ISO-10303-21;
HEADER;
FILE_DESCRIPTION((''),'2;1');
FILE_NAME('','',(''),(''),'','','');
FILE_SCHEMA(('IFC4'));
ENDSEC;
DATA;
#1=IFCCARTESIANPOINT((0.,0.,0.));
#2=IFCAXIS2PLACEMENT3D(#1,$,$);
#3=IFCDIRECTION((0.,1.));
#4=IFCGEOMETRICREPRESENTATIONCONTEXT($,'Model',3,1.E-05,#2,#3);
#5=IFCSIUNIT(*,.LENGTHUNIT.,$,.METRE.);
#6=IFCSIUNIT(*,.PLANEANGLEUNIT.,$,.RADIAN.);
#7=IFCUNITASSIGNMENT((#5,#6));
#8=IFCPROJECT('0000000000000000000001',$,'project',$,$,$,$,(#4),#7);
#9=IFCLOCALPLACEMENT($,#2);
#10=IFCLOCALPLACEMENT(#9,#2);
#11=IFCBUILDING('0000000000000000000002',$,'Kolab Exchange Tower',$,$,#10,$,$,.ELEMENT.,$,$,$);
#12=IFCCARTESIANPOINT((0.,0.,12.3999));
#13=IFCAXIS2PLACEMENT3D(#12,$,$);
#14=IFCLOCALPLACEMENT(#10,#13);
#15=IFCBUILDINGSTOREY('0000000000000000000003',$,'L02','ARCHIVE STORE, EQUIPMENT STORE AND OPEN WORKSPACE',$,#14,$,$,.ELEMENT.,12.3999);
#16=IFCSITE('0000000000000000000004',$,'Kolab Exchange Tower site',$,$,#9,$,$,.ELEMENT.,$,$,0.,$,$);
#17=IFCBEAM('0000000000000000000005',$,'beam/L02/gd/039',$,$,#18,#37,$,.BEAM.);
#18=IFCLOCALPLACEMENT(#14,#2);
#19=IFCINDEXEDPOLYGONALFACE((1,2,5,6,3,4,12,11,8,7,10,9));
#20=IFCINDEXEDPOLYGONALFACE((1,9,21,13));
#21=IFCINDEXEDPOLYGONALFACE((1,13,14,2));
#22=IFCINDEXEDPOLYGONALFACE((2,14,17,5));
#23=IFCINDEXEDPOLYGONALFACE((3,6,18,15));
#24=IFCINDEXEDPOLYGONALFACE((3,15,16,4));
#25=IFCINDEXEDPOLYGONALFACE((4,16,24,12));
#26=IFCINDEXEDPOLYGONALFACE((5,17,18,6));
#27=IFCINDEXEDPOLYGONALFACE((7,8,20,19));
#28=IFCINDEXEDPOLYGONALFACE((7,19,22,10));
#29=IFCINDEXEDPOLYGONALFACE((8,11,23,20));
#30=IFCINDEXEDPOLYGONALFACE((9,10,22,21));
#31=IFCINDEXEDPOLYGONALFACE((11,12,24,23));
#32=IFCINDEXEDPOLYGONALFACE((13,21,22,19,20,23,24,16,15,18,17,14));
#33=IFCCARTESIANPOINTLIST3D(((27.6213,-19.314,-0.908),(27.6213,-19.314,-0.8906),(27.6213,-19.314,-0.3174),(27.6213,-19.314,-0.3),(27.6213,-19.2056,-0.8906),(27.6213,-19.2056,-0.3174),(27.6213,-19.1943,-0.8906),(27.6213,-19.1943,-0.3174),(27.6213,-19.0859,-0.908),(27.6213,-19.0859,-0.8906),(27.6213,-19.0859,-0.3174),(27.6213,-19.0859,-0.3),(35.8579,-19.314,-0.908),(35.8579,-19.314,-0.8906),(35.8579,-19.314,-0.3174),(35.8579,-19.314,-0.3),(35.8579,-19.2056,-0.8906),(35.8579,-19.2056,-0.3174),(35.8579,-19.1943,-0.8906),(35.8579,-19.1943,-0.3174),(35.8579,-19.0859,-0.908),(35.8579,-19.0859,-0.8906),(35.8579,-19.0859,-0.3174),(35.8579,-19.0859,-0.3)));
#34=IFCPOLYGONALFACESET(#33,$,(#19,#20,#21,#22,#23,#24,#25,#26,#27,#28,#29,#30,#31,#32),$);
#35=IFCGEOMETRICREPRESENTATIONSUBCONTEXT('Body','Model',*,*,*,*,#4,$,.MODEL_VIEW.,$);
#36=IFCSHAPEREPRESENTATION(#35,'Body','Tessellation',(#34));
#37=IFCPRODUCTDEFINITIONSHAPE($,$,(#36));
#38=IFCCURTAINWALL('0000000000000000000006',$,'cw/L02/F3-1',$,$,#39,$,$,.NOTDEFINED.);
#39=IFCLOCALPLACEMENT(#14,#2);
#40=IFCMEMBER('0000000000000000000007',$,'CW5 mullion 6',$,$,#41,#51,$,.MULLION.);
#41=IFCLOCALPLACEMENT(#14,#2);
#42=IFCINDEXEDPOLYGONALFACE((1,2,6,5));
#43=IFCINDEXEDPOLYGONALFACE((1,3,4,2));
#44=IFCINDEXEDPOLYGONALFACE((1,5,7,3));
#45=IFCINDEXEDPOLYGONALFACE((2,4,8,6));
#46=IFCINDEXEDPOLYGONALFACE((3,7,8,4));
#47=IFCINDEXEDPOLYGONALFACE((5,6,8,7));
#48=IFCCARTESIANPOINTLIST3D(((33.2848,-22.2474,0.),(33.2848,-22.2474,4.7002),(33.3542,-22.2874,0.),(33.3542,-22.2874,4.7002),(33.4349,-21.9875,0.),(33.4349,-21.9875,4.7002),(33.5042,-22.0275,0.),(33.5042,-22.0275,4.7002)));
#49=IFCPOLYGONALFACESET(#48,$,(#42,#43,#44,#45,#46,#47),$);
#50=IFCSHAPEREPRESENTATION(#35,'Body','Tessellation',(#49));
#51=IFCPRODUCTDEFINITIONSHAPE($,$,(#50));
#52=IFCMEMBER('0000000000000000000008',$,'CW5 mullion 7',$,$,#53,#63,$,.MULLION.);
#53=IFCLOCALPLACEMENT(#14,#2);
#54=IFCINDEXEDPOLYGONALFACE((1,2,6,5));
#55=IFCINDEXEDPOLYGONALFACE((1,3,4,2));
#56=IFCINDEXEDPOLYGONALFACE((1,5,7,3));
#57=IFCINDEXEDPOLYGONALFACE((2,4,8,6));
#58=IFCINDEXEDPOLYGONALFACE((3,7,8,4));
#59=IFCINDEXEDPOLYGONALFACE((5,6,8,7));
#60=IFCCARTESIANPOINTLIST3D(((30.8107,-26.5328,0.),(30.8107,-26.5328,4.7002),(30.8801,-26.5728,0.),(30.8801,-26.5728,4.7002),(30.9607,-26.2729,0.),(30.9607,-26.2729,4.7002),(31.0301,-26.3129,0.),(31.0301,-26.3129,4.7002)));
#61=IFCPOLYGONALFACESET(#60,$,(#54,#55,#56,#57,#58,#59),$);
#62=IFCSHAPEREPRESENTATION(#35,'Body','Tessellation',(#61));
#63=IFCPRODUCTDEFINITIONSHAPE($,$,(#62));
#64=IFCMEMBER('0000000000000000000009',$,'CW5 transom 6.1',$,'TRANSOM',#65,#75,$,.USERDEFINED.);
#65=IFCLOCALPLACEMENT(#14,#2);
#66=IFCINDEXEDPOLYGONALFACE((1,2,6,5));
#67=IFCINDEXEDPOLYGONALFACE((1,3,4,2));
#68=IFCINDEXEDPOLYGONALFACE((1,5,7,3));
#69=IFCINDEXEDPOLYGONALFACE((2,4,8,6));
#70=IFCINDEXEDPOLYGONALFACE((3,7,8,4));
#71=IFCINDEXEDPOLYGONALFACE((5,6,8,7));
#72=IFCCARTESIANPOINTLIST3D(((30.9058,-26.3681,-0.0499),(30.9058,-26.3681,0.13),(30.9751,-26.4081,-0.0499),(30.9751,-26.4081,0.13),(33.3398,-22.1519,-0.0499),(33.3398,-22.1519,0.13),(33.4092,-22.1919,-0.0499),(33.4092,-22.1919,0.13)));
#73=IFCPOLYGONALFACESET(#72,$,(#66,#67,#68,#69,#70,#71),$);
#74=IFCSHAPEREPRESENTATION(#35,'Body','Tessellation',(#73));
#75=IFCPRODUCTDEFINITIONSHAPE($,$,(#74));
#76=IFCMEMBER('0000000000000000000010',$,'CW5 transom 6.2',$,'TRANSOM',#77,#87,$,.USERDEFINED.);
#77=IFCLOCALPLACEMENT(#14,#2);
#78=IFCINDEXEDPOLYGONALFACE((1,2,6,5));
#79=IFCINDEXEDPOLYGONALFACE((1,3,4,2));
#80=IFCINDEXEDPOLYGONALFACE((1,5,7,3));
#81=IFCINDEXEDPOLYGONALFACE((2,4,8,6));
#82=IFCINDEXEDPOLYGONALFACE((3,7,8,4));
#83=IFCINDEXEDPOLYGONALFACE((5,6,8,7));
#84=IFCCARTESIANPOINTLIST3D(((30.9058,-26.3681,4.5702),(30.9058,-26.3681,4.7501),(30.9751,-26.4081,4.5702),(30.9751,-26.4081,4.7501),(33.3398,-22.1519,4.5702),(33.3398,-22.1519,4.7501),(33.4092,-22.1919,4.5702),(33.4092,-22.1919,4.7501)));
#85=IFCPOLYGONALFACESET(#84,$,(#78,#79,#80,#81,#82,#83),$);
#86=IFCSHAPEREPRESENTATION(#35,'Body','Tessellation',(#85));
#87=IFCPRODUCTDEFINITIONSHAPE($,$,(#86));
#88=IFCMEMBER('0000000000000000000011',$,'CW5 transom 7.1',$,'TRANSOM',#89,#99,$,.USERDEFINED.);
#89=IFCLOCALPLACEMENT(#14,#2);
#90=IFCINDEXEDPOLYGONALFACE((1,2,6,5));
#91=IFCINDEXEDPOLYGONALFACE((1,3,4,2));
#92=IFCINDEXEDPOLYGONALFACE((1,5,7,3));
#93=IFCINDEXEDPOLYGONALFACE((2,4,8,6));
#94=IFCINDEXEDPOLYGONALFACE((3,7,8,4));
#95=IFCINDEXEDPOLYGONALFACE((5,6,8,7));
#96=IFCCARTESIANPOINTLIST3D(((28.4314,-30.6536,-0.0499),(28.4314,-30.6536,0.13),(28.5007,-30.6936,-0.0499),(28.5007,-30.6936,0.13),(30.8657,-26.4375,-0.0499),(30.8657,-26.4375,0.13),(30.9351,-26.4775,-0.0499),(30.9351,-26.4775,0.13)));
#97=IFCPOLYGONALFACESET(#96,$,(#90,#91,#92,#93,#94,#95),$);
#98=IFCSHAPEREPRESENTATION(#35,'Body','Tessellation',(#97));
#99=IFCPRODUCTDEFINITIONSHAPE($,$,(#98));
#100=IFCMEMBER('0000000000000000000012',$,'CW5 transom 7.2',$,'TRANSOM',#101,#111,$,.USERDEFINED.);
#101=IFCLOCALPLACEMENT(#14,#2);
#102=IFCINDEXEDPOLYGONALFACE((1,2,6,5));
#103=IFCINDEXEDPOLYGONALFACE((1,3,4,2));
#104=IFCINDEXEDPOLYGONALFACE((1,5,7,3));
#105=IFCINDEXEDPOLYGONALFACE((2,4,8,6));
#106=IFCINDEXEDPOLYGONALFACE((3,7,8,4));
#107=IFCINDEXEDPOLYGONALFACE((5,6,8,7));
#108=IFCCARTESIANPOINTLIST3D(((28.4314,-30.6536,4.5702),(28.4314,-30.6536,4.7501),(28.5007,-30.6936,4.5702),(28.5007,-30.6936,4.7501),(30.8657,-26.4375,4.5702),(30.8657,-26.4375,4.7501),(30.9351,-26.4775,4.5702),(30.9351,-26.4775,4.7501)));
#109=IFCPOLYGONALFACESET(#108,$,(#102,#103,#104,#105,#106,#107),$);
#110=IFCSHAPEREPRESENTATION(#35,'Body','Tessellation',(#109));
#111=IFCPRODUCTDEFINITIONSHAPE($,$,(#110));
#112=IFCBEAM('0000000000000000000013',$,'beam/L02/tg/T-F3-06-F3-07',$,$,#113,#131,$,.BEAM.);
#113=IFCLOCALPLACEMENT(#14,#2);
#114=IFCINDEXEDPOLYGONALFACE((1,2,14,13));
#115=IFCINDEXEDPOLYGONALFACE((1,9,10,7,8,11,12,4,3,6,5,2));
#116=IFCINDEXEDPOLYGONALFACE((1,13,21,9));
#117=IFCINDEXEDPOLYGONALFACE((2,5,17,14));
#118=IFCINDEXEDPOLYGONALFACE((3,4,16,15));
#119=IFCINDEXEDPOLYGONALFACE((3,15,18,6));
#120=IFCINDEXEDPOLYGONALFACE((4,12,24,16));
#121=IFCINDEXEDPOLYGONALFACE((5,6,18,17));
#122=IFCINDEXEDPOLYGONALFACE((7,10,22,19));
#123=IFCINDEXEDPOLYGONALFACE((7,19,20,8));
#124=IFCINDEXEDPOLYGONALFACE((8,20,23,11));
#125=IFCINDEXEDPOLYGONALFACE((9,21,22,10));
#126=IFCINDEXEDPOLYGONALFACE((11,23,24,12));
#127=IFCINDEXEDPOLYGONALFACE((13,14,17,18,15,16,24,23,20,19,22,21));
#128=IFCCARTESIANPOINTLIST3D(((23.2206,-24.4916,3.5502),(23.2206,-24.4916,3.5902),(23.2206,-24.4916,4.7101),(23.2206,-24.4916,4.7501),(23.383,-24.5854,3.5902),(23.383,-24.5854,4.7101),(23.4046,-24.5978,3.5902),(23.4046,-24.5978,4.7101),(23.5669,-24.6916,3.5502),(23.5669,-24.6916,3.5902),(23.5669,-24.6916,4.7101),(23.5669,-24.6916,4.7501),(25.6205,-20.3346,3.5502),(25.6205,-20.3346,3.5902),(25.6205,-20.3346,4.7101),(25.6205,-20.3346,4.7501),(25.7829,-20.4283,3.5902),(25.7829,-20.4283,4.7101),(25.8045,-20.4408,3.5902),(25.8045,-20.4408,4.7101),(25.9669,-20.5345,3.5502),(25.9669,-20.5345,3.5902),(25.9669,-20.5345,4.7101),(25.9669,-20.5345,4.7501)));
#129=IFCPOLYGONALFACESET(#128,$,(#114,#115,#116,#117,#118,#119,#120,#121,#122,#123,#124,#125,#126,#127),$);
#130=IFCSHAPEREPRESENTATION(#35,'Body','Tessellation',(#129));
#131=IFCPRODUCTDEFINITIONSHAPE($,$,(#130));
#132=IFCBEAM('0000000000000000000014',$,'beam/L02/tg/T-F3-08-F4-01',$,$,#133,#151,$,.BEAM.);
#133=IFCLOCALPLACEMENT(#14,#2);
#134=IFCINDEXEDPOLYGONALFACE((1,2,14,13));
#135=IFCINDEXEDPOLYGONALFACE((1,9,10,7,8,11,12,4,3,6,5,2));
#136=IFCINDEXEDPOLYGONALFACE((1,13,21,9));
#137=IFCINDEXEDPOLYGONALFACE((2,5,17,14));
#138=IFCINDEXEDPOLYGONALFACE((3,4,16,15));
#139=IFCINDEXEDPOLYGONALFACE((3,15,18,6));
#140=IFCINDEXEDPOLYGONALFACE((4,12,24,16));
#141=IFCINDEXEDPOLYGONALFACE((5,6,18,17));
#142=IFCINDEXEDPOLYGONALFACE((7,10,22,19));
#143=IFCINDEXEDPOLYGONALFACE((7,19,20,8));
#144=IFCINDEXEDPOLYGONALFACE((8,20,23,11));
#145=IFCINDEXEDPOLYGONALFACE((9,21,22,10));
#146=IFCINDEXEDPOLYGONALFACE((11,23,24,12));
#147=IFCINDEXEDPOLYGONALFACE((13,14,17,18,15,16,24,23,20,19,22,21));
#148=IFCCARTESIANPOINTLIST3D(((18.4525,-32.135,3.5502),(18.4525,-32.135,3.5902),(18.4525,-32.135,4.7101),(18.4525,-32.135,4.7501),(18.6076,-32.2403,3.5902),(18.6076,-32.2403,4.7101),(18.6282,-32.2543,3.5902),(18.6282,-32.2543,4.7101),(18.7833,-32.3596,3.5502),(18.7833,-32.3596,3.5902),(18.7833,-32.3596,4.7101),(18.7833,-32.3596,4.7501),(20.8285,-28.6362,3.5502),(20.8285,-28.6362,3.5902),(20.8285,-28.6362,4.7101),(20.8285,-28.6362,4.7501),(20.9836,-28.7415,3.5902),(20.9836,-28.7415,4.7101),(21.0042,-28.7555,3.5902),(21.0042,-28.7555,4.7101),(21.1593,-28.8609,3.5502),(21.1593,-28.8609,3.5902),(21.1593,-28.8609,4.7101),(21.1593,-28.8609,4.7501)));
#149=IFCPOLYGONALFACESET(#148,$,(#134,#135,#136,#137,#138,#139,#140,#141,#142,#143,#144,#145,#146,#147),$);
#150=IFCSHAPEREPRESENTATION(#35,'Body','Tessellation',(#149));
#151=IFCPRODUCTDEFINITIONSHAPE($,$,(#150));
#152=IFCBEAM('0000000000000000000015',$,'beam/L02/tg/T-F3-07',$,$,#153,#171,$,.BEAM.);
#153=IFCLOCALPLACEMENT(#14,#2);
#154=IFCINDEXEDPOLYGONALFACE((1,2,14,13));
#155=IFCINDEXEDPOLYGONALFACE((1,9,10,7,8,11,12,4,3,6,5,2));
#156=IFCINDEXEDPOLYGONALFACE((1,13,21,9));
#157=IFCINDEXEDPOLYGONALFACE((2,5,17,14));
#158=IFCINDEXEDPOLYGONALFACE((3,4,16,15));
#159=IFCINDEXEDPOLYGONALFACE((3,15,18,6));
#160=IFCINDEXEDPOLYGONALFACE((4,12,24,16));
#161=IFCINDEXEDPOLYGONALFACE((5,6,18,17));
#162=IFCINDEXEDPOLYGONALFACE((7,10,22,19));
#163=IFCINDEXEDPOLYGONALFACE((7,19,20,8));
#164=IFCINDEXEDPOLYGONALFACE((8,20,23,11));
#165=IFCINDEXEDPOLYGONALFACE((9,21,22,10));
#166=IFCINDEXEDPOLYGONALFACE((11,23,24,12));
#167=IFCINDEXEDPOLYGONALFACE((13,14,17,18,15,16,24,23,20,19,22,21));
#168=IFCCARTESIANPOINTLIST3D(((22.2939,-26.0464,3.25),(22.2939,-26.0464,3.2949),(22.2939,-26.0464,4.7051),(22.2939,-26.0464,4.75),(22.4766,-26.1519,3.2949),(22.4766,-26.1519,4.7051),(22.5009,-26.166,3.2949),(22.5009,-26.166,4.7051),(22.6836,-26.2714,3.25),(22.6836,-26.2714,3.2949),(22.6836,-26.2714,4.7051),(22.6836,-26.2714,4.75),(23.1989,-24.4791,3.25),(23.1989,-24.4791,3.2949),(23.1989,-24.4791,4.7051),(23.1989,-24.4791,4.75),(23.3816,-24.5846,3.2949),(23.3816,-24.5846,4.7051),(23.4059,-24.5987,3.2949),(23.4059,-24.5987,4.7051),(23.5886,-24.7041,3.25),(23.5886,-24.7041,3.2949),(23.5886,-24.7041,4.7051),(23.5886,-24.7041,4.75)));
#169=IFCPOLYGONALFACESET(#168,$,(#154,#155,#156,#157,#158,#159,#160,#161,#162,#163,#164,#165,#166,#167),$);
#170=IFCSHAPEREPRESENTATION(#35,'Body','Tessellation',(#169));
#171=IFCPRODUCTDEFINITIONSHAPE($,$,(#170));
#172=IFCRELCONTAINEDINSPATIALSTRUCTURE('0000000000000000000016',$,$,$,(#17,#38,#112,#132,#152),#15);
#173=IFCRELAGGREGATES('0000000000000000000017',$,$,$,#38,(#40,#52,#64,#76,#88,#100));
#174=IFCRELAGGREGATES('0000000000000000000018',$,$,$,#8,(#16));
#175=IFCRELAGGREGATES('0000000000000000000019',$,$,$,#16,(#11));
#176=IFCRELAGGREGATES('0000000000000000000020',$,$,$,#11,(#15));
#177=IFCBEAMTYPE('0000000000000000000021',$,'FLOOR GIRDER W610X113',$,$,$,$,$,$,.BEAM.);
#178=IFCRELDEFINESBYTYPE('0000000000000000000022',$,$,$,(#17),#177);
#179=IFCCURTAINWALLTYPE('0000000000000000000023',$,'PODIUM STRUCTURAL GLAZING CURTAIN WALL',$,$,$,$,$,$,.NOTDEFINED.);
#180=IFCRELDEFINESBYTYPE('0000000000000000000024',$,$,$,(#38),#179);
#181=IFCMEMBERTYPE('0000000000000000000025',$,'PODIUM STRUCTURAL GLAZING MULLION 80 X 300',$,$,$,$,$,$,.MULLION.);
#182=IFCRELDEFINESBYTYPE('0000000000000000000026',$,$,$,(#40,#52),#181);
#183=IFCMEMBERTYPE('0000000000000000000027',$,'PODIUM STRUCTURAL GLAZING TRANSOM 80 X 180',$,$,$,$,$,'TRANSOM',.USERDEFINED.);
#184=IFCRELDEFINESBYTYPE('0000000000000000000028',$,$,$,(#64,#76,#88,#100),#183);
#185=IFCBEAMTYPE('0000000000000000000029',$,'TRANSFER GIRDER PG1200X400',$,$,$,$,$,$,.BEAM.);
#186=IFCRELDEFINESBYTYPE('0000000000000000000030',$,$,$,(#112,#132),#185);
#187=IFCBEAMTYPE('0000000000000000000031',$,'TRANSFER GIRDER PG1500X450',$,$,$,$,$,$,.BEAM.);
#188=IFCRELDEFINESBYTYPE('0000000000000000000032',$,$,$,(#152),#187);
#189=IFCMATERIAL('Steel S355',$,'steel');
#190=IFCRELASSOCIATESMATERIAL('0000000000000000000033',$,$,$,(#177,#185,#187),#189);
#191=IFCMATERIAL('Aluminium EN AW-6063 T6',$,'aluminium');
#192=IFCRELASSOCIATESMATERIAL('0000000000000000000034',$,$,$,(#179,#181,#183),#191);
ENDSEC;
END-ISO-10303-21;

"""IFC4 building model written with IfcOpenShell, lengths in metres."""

from ifc_helpers import new_model, si_unit, direction, frame, origin, origin_2d, place, context, subcontext, project, spatial, rectangle, i_section, extrude, material, material_profile, profile_set, type_object, element, aggregate, save


model = new_model("IFC4")

# Units and contexts
model_context = context("Model", 3, precision=1e-05, world=origin(), true_north=direction((0.0, 1.0)))
body_context = subcontext(model_context, "Body", "Model", "MODEL_VIEW")
ifc_project = project(units=[si_unit("LENGTHUNIT", "METRE"), si_unit("PLANEANGLEUNIT", "RADIAN")], contexts=[model_context])

# Site, building, storey
site_placement = place(None, origin())
site = spatial("IfcSite", under=ifc_project, at=site_placement, Name="Kolab Exchange Tower site", CompositionType="ELEMENT", RefElevation=0.0)
building_placement = place(site_placement, origin())
building = spatial("IfcBuilding", under=site, at=building_placement, Name="Kolab Exchange Tower", CompositionType="ELEMENT")
storey_placement = place(building_placement, frame((0.0, 0.0, 12.3999)))
storey = spatial("IfcBuildingStorey", under=building, at=storey_placement, Name="L02", Description="ARCHIVE STORE, EQUIPMENT STORE AND OPEN WORKSPACE", CompositionType="ELEMENT", Elevation=12.3999)

# Beam
ifc_material_1 = material(Name="Steel S355", Category="steel")
ifc_material_profile_1 = material_profile(ifc_material_1, i_section(OverallWidth=0.228, OverallDepth=0.6079, WebThickness=0.0112, FlangeThickness=0.0173, at=origin_2d()), Name="W610X113")
ifc_profile_set_1 = profile_set([ifc_material_profile_1], Name="Steel S355")
beam_type_1 = type_object("IfcBeamType", Name="FLOOR GIRDER W610X113", PredefinedType="BEAM", material=ifc_profile_set_1)
beam_1_placement = place(storey_placement, frame((27.6213, -19.2, -0.604), z_axis=(1.0, 0.0, 0.0), x_axis=(0.0, 1.0, 0.0)))
element("IfcBeam", 1, at=beam_1_placement, inside=storey, type_object=beam_type_1, Name="beam/L02/gd/039", PredefinedType="BEAM", context=body_context, shape_type="SweptSolid", body=[
    extrude(i_section(OverallWidth=0.228, OverallDepth=0.6079, WebThickness=0.0112, FlangeThickness=0.0173, at=origin_2d()), origin(), (0.0, 0.0, 1.0), 8.2366),
])

# Curtain wall, members
ifc_material_2 = material(Name="Aluminium EN AW-6063 T6", Category="aluminium")
curtain_wall_type = type_object("IfcCurtainWallType", Name="PODIUM STRUCTURAL GLAZING CURTAIN WALL", PredefinedType="NOTDEFINED", material=ifc_material_2)
curtain_wall_placement = place(storey_placement, origin())
curtain_wall = element("IfcCurtainWall", 2, at=curtain_wall_placement, inside=storey, type_object=curtain_wall_type, Name="cw/L02/F3-1", PredefinedType="NOTDEFINED")
ifc_material_profile_2 = material_profile(ifc_material_2, rectangle(XDim=0.0801, YDim=0.3, at=origin_2d()), Name="RECT 80X300")
ifc_profile_set_2 = profile_set([ifc_material_profile_2], Name="Aluminium EN AW-6063 T6")
member_type_1 = type_object("IfcMemberType", Name="PODIUM STRUCTURAL GLAZING MULLION 80 X 300", PredefinedType="MULLION", material=ifc_profile_set_2)
member_1_placement = place(storey_placement, frame((33.3945, -22.1375, 0.0), z_axis=(0.0, 0.0, 1.0), x_axis=(0.866025, -0.5, 0.0)))
member_1 = element("IfcMember", 3, at=member_1_placement, type_object=member_type_1, Name="CW5 mullion 6", PredefinedType="MULLION", context=body_context, shape_type="SweptSolid", body=[
    extrude(rectangle(XDim=0.0801, YDim=0.3, at=origin_2d()), origin(), (0.0, 0.0, 1.0), 4.7002),
])
member_2_placement = place(storey_placement, frame((30.9204, -26.4229, 0.0), z_axis=(0.0, 0.0, 1.0), x_axis=(0.866025, -0.5, 0.0)))
member_2 = element("IfcMember", 4, at=member_2_placement, type_object=member_type_1, Name="CW5 mullion 7", PredefinedType="MULLION", context=body_context, shape_type="SweptSolid", body=[
    extrude(rectangle(XDim=0.0801, YDim=0.3, at=origin_2d()), origin(), (0.0, 0.0, 1.0), 4.7002),
])
ifc_material_profile_3 = material_profile(ifc_material_2, rectangle(XDim=0.0801, YDim=0.1799, at=origin_2d()), Name="RECT 80X180")
ifc_profile_set_3 = profile_set([ifc_material_profile_3], Name="Aluminium EN AW-6063 T6")
member_type_2 = type_object("IfcMemberType", Name="PODIUM STRUCTURAL GLAZING TRANSOM 80 X 180", ElementType="TRANSOM", PredefinedType="USERDEFINED", material=ifc_profile_set_3)
member_3_placement = place(storey_placement, frame((33.3745, -22.1719, 0.04), z_axis=(-0.499968, -0.866044, 0.0), x_axis=(0.866044, -0.499968, 0.0)))
member_3 = element("IfcMember", 5, at=member_3_placement, type_object=member_type_2, Name="CW5 transom 6.1", ObjectType="TRANSOM", PredefinedType="USERDEFINED", context=body_context, shape_type="SweptSolid", body=[
    extrude(rectangle(XDim=0.0801, YDim=0.1799, at=origin_2d()), origin(), (0.0, 0.0, 1.0), 4.8684),
])
member_4_placement = place(storey_placement, frame((33.3745, -22.1719, 4.6602), z_axis=(-0.499968, -0.866044, 0.0), x_axis=(0.866044, -0.499968, 0.0)))
member_4 = element("IfcMember", 6, at=member_4_placement, type_object=member_type_2, Name="CW5 transom 6.2", ObjectType="TRANSOM", PredefinedType="USERDEFINED", context=body_context, shape_type="SweptSolid", body=[
    extrude(rectangle(XDim=0.0801, YDim=0.1799, at=origin_2d()), origin(), (0.0, 0.0, 1.0), 4.8684),
])
member_5_placement = place(storey_placement, frame((30.9004, -26.4575, 0.04), z_axis=(-0.500028, -0.866009, 0.0), x_axis=(0.866009, -0.500028, 0.0)))
member_5 = element("IfcMember", 7, at=member_5_placement, type_object=member_type_2, Name="CW5 transom 7.1", ObjectType="TRANSOM", PredefinedType="USERDEFINED", context=body_context, shape_type="SweptSolid", body=[
    extrude(rectangle(XDim=0.0801, YDim=0.1799, at=origin_2d()), origin(), (0.0, 0.0, 1.0), 4.8684),
])
member_6_placement = place(storey_placement, frame((30.9004, -26.4575, 4.6602), z_axis=(-0.500028, -0.866009, 0.0), x_axis=(0.866009, -0.500028, 0.0)))
member_6 = element("IfcMember", 8, at=member_6_placement, type_object=member_type_2, Name="CW5 transom 7.2", ObjectType="TRANSOM", PredefinedType="USERDEFINED", context=body_context, shape_type="SweptSolid", body=[
    extrude(rectangle(XDim=0.0801, YDim=0.1799, at=origin_2d()), origin(), (0.0, 0.0, 1.0), 4.8684),
])

# Beams
ifc_material_profile_4 = material_profile(ifc_material_1, i_section(OverallWidth=0.3999, OverallDepth=1.2, WebThickness=0.0249, FlangeThickness=0.04, at=origin_2d()), Name="PG1200X400")
ifc_profile_set_4 = profile_set([ifc_material_profile_4], Name="Steel S355")
beam_type_2 = type_object("IfcBeamType", Name="TRANSFER GIRDER PG1200X400", PredefinedType="BEAM", material=ifc_profile_set_4)
beam_2_placement = place(storey_placement, frame((25.7937, -20.4346, 4.1501), z_axis=(-0.499979, -0.866037, 0.0), x_axis=(0.866037, -0.499979, 0.0)))
element("IfcBeam", 9, at=beam_2_placement, inside=storey, type_object=beam_type_2, Name="beam/L02/tg/T-F3-06-F3-07", PredefinedType="BEAM", context=body_context, shape_type="SweptSolid", body=[
    extrude(i_section(OverallWidth=0.3999, OverallDepth=1.2, WebThickness=0.0249, FlangeThickness=0.04, at=origin_2d()), origin(), (0.0, 0.0, 1.0), 4.8),
])
beam_3_placement = place(storey_placement, frame((20.9939, -28.7485, 4.1501), z_axis=(-0.561794, -0.827277, 0.0), x_axis=(0.827277, -0.561794, 0.0)))
element("IfcBeam", 10, at=beam_3_placement, inside=storey, type_object=beam_type_2, Name="beam/L02/tg/T-F3-08-F4-01", PredefinedType="BEAM", context=body_context, shape_type="SweptSolid", body=[
    extrude(i_section(OverallWidth=0.3999, OverallDepth=1.2, WebThickness=0.0249, FlangeThickness=0.04, at=origin_2d()), origin(), (0.0, 0.0, 1.0), 4.2292),
])
ifc_material_profile_5 = material_profile(ifc_material_1, i_section(OverallWidth=0.45, OverallDepth=1.5, WebThickness=0.0281, FlangeThickness=0.0449, at=origin_2d()), Name="PG1500X450")
ifc_profile_set_5 = profile_set([ifc_material_profile_5], Name="Steel S355")
beam_type_3 = type_object("IfcBeamType", Name="TRANSFER GIRDER PG1500X450", PredefinedType="BEAM", material=ifc_profile_set_5)
beam_4_placement = place(storey_placement, frame((22.4888, -26.1589, 4.0), z_axis=(0.500042, 0.866001, 0.0), x_axis=(-0.866001, 0.500042, 0.0)))
element("IfcBeam", 11, at=beam_4_placement, inside=storey, type_object=beam_type_3, Name="beam/L02/tg/T-F3-07", PredefinedType="BEAM", context=body_context, shape_type="SweptSolid", body=[
    extrude(i_section(OverallWidth=0.45, OverallDepth=1.5, WebThickness=0.0281, FlangeThickness=0.0449, at=origin_2d()), origin(), (0.0, 0.0, 1.0), 1.8098),
])

aggregate(curtain_wall, [member_1, member_2, member_3, member_4, member_5, member_6])

save(model, "model.ifc")
